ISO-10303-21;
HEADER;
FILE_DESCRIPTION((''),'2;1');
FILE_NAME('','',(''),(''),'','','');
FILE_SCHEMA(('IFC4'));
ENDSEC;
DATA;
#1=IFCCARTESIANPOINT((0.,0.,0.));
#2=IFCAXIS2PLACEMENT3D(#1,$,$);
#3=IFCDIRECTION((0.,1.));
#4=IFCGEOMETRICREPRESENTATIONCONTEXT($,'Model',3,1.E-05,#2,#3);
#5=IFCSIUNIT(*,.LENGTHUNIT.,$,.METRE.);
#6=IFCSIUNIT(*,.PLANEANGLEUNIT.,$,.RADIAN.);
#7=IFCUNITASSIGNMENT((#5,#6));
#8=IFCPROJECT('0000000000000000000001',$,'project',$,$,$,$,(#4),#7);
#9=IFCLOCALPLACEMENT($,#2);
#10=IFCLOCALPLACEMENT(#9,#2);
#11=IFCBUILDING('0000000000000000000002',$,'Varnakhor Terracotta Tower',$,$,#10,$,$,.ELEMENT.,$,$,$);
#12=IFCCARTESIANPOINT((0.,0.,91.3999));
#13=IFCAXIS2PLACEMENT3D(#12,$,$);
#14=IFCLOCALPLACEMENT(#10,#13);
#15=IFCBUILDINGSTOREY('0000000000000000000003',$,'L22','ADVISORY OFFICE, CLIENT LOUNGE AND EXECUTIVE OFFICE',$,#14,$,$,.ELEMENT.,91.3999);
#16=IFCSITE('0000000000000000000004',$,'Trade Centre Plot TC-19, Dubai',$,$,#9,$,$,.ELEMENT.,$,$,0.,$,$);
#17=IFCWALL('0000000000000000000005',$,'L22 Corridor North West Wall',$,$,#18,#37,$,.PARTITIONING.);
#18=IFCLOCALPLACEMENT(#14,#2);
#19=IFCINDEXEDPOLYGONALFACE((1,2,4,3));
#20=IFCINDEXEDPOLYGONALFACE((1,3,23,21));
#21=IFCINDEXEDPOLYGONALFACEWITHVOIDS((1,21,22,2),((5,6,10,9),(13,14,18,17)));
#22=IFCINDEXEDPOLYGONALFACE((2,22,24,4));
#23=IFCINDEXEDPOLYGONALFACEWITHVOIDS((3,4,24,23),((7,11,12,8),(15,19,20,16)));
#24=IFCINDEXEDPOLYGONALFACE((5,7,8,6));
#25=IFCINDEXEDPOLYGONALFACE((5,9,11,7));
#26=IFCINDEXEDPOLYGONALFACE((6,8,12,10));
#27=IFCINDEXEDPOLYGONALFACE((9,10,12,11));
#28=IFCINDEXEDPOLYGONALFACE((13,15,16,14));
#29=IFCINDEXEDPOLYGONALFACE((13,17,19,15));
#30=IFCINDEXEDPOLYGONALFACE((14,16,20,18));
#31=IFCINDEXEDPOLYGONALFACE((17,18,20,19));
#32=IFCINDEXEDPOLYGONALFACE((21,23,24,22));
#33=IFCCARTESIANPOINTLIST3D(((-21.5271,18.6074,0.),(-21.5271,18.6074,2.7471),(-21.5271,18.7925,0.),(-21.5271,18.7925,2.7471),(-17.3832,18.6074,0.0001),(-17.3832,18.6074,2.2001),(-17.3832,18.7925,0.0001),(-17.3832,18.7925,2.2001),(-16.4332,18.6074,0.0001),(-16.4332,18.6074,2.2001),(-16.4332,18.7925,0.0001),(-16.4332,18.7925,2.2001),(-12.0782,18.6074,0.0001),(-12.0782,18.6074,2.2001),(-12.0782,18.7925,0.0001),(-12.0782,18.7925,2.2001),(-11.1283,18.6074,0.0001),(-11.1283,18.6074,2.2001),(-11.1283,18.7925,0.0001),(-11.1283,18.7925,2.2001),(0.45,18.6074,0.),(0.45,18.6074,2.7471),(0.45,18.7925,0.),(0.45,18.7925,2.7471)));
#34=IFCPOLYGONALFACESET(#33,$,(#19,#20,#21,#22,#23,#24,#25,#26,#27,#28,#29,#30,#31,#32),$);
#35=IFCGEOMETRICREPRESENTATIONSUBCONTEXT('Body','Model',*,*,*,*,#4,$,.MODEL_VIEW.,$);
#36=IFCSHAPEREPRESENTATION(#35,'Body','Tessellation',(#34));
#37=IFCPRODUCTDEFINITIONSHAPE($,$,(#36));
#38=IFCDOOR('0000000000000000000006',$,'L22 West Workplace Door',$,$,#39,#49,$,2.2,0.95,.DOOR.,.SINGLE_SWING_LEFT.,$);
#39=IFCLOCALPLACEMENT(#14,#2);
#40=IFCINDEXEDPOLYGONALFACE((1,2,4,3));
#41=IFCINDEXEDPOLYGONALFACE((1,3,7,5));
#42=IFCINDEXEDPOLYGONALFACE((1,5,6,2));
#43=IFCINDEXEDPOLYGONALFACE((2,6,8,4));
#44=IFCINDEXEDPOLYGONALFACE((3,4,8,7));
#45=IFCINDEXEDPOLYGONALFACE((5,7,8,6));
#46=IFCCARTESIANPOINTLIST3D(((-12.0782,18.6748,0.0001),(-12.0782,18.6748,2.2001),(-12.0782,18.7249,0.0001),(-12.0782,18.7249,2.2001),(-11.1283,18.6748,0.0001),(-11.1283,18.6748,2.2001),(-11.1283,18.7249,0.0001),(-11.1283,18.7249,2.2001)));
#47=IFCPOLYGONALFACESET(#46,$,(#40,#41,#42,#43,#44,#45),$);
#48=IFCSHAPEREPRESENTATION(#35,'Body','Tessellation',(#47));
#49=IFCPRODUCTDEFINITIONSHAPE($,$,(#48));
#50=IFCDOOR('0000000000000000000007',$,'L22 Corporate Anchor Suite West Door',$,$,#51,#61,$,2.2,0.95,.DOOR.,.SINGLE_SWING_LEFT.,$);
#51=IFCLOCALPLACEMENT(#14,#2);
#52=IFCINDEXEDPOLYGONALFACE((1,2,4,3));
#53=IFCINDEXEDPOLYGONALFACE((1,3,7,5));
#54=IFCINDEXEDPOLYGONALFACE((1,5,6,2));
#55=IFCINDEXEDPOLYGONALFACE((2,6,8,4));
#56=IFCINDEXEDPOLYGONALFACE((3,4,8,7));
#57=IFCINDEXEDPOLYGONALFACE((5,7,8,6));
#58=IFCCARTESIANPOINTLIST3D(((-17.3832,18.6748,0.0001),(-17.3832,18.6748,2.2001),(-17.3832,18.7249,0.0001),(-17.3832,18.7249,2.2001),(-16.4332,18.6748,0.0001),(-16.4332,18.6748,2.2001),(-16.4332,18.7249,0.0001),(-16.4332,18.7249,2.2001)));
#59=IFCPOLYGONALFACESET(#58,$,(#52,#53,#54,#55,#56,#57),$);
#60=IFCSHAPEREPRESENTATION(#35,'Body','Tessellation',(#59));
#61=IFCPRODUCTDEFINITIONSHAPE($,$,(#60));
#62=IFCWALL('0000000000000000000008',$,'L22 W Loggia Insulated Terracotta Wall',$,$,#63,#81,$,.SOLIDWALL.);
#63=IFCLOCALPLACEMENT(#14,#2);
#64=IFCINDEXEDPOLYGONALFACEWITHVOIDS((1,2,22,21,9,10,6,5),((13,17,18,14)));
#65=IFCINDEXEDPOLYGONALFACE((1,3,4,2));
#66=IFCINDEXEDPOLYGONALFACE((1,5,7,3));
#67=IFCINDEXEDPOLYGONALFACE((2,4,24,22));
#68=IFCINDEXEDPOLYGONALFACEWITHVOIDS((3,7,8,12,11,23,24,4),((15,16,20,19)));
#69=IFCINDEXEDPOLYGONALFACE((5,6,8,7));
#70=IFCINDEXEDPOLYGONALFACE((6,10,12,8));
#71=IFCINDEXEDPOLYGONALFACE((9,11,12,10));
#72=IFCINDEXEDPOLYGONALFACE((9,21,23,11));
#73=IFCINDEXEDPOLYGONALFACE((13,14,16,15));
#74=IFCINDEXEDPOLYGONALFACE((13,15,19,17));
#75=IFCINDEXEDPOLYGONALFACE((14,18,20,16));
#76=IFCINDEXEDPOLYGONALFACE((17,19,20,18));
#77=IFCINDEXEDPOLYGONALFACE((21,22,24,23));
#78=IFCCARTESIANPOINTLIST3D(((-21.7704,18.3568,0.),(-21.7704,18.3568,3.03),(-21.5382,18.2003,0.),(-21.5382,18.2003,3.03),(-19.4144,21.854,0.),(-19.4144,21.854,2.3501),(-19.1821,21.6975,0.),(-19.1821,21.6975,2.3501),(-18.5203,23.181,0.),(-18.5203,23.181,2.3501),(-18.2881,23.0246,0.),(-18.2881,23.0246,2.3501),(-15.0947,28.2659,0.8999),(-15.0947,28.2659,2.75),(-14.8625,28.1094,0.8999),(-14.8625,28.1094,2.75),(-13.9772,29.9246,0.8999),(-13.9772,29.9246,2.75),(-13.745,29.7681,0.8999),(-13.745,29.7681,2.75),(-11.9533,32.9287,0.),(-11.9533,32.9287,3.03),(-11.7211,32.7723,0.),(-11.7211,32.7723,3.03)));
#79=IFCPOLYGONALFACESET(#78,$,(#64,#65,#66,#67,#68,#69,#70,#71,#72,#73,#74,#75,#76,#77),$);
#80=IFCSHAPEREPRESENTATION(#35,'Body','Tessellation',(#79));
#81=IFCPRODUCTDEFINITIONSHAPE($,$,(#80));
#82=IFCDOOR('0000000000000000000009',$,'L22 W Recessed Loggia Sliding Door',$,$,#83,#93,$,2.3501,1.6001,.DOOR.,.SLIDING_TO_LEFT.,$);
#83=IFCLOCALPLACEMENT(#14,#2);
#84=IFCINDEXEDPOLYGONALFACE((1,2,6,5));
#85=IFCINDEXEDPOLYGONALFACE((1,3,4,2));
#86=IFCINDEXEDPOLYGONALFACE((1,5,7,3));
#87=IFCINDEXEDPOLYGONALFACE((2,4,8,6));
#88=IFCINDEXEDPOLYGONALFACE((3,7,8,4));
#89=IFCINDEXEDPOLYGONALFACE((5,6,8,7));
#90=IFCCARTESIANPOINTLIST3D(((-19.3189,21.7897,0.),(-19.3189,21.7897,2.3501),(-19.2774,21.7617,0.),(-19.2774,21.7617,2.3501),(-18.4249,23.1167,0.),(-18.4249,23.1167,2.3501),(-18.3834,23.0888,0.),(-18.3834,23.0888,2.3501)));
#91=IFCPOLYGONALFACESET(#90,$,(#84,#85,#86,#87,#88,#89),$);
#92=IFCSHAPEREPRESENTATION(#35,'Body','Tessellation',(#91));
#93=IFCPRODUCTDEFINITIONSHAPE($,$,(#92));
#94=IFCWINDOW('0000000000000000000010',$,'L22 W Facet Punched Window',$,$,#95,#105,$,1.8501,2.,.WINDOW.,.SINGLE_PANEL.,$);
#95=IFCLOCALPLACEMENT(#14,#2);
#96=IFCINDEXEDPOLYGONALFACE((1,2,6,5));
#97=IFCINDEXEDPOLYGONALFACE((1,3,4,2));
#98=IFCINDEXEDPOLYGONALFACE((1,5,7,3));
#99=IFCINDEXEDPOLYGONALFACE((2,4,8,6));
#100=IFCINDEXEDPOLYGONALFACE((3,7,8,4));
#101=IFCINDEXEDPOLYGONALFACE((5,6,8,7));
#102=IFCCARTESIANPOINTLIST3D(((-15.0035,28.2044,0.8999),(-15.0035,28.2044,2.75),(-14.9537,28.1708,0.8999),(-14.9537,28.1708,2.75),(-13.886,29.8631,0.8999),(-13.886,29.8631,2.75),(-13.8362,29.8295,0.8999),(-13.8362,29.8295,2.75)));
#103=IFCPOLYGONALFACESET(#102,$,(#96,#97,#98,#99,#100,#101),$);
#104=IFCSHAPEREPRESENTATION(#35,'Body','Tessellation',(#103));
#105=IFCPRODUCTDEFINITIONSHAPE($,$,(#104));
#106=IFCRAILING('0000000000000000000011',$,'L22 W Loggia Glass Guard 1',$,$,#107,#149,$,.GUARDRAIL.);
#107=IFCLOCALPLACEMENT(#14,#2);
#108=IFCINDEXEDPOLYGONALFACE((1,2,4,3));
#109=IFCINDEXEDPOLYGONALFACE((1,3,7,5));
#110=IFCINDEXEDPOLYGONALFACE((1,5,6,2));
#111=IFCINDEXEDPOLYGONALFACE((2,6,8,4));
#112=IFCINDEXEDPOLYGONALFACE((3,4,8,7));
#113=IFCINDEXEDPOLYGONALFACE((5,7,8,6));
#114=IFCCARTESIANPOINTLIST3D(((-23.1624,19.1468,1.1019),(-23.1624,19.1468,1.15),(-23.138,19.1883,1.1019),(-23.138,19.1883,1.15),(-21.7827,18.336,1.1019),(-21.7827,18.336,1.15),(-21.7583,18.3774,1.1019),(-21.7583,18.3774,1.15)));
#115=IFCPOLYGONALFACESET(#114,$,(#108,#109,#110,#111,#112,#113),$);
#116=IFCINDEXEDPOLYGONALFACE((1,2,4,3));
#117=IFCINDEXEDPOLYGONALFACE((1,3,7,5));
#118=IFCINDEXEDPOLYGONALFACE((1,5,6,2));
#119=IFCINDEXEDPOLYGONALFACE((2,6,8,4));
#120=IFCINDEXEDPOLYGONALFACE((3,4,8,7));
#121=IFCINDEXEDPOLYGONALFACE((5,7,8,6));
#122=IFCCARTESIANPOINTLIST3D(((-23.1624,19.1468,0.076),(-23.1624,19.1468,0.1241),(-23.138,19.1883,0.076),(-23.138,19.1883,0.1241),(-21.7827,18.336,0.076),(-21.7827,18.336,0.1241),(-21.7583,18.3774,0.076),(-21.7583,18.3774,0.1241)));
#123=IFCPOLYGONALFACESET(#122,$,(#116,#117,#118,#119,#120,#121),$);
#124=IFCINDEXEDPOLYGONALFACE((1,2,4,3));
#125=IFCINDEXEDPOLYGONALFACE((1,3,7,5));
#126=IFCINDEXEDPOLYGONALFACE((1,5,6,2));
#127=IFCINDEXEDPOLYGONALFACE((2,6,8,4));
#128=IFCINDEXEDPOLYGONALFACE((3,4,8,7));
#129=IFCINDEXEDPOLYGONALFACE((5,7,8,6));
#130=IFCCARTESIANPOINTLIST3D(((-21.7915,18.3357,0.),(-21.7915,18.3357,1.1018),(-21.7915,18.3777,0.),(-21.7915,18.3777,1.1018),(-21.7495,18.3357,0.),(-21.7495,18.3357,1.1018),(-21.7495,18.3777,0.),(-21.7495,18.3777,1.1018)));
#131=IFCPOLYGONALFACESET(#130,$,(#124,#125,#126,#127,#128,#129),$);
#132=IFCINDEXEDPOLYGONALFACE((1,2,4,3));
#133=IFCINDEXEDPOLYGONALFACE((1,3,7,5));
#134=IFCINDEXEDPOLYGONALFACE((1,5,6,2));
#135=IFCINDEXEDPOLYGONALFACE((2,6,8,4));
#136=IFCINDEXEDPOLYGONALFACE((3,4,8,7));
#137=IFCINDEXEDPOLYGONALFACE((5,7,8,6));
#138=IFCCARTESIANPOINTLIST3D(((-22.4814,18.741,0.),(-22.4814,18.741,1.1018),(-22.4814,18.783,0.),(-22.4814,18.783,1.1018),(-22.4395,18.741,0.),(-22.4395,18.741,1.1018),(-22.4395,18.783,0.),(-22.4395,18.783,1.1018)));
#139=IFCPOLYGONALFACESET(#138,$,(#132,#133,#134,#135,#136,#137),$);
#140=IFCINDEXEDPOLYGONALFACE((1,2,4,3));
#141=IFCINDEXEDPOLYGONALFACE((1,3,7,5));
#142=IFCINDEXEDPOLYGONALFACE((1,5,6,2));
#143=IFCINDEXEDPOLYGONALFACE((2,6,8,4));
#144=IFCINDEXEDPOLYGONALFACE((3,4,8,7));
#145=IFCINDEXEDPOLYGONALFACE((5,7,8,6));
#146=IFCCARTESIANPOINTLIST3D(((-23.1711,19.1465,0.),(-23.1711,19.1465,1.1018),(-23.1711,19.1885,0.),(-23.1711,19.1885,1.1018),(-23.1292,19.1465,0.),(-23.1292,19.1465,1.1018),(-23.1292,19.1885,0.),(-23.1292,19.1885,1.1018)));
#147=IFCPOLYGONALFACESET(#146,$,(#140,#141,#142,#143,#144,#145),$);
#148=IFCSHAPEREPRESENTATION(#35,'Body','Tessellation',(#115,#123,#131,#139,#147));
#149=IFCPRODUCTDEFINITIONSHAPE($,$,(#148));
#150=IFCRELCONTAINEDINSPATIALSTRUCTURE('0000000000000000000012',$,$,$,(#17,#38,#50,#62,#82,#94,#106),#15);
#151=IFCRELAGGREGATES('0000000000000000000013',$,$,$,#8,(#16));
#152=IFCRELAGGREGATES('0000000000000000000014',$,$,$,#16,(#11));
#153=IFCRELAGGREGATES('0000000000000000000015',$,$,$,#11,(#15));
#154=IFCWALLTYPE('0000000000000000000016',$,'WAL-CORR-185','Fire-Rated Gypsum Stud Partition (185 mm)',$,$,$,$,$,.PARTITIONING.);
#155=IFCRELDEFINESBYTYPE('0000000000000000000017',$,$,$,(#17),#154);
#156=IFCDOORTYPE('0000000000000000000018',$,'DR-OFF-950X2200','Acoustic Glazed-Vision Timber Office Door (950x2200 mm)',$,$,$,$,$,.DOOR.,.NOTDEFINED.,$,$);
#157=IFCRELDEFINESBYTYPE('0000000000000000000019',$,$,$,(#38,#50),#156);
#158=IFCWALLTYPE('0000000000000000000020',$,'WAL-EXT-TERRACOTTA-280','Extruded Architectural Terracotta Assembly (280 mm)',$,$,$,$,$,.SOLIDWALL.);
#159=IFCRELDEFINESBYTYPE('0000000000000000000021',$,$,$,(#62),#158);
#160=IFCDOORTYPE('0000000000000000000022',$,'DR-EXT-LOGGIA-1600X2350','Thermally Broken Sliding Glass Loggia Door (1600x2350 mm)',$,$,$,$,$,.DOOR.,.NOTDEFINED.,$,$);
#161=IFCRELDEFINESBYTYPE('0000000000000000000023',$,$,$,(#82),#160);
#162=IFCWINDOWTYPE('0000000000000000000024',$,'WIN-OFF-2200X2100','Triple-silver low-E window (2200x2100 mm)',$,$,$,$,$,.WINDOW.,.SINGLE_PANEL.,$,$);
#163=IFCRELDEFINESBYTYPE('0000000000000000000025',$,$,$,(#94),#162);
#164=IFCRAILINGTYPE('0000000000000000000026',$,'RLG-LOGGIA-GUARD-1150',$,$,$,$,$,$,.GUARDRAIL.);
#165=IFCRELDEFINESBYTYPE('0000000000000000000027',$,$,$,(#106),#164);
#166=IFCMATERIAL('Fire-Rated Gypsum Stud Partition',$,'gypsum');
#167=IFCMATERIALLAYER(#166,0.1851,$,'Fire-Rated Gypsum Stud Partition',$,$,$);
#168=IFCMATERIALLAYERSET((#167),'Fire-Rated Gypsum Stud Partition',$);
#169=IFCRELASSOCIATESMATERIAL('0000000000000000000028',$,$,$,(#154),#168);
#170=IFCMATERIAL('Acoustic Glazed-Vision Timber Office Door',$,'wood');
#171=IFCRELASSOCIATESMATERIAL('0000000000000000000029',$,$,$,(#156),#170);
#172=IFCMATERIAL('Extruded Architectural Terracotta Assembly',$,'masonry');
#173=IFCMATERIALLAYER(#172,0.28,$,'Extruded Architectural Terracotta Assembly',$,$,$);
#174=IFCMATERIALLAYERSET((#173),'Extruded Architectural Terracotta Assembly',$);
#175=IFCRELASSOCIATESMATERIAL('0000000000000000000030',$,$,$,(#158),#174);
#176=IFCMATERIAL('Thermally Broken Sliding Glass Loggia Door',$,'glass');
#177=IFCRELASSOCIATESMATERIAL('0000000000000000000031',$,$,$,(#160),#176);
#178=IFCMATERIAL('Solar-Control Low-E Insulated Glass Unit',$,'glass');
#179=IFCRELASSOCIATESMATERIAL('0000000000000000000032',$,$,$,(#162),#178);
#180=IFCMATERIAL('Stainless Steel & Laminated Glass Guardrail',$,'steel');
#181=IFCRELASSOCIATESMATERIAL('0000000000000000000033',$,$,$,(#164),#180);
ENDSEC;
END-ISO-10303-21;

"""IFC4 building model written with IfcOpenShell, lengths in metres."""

from ifc_helpers import new_model, si_unit, direction, frame, frame_2d, origin, origin_2d, place, context, subcontext, project, spatial, rectangle, extrude, source, transform, mapped, material, layer, layer_set, type_object, type_shapes, element, fill, save


model = new_model("IFC4")

# Units and contexts
model_context = context("Model", 3, precision=1e-05, world=origin(), true_north=direction((0.0, 1.0)))
body_context = subcontext(model_context, "Body", "Model", "MODEL_VIEW")
ifc_project = project(units=[si_unit("LENGTHUNIT", "METRE"), si_unit("PLANEANGLEUNIT", "RADIAN")], contexts=[model_context])

# Site, building, storey
site_placement = place(None, origin())
site = spatial("IfcSite", under=ifc_project, at=site_placement, Name="Trade Centre Plot TC-19, Dubai", CompositionType="ELEMENT", RefElevation=0.0)
building_placement = place(site_placement, origin())
building = spatial("IfcBuilding", under=site, at=building_placement, Name="Varnakhor Terracotta Tower", CompositionType="ELEMENT")
storey_placement = place(building_placement, frame((0.0, 0.0, 91.3999)))
storey = spatial("IfcBuildingStorey", under=building, at=storey_placement, Name="L22", Description="ADVISORY OFFICE, CLIENT LOUNGE AND EXECUTIVE OFFICE", CompositionType="ELEMENT", Elevation=91.3999)

# Shared definitions
ifc_material_1 = material(Name="Fire-Rated Gypsum Stud Partition", Category="gypsum")
ifc_layer_1 = layer(ifc_material_1, 0.1851, Name="Fire-Rated Gypsum Stud Partition")
ifc_layer_set_1 = layer_set([ifc_layer_1], Name="Fire-Rated Gypsum Stud Partition")
wall_type_1 = type_object("IfcWallType", Name="WAL-CORR-185", Description="Fire-Rated Gypsum Stud Partition (185 mm)", PredefinedType="PARTITIONING", material=ifc_layer_set_1)
ifc_material_2 = material(Name="Acoustic Glazed-Vision Timber Office Door", Category="wood")
door_type_1 = type_object("IfcDoorType", Name="DR-OFF-950X2200", Description="Acoustic Glazed-Vision Timber Office Door (950x2200 mm)", OperationType="NOTDEFINED", PredefinedType="DOOR", material=ifc_material_2)
shared_shape_1 = source(origin(), body_context, "Body", "SweptSolid", [
    extrude(rectangle(XDim=0.95, YDim=2.2, at=frame_2d((0.4751, 1.1001))), frame((0.0, 0.0249, 0.0), z_axis=(0.0, -1.0, 0.0), x_axis=(1.0, 0.0, 0.0)), (0.0, 0.0, 1.0), 0.05),
])
type_shapes(door_type_1, [shared_shape_1])

# Wall, openings, doors
wall_1_placement = place(storey_placement, frame((-21.5271, 18.7, 0.0), z_axis=(0.0, 0.0, 1.0), x_axis=(1.0, 0.0, 0.0)))
wall_1 = element("IfcWall", 1, at=wall_1_placement, inside=storey, type_object=wall_type_1, Name="L22 Corridor North West Wall", PredefinedType="PARTITIONING", context=body_context, shape_type="SweptSolid", body=[
    extrude(rectangle(XDim=21.9771, YDim=0.1851, at=frame_2d((10.9885, 0.0))), origin(), (0.0, 0.0, 1.0), 2.7471),
])
opening_1_placement = place(wall_1_placement, frame((9.4487, 0.0, 0.0)))
opening_1 = element("IfcOpeningElement", 2, at=opening_1_placement, cuts=wall_1, PredefinedType="OPENING", context=body_context, shape_type="SweptSolid", body=[
    extrude(rectangle(XDim=0.95, YDim=2.2, at=frame_2d((0.4751, 1.1001))), frame((0.0, 0.1025, 0.0), z_axis=(0.0, -1.0, 0.0), x_axis=(1.0, 0.0, 0.0)), (0.0, 0.0, 1.0), 0.2051),
])
opening_2_placement = place(wall_1_placement, frame((4.1438, 0.0, 0.0)))
opening_2 = element("IfcOpeningElement", 3, at=opening_2_placement, cuts=wall_1, PredefinedType="OPENING", context=body_context, shape_type="SweptSolid", body=[
    extrude(rectangle(XDim=0.95, YDim=2.2, at=frame_2d((0.4751, 1.1001))), frame((0.0, 0.1025, 0.0), z_axis=(0.0, -1.0, 0.0), x_axis=(1.0, 0.0, 0.0)), (0.0, 0.0, 1.0), 0.2051),
])
door_1_placement = place(opening_1_placement, origin())
door_1 = element("IfcDoor", 4, at=door_1_placement, inside=storey, type_object=door_type_1, Name="L22 West Workplace Door", OperationType="SINGLE_SWING_LEFT", OverallHeight=2.2, OverallWidth=0.95, PredefinedType="DOOR", context=body_context, shape_type="MappedRepresentation", body=[
    mapped(shared_shape_1, transform((0.0, 0.0, 0.0), scale=1.0)),
])
fill(opening_1, door_1)
door_2_placement = place(opening_2_placement, origin())
door_2 = element("IfcDoor", 5, at=door_2_placement, inside=storey, type_object=door_type_1, Name="L22 Corporate Anchor Suite West Door", OperationType="SINGLE_SWING_LEFT", OverallHeight=2.2, OverallWidth=0.95, PredefinedType="DOOR", context=body_context, shape_type="MappedRepresentation", body=[
    mapped(shared_shape_1, transform((0.0, 0.0, 0.0), scale=1.0)),
])
fill(opening_2, door_2)

# Wall, openings, door, window
ifc_material_3 = material(Name="Extruded Architectural Terracotta Assembly", Category="masonry")
ifc_layer_2 = layer(ifc_material_3, 0.28, Name="Extruded Architectural Terracotta Assembly")
ifc_layer_set_2 = layer_set([ifc_layer_2], Name="Extruded Architectural Terracotta Assembly")
wall_type_2 = type_object("IfcWallType", Name="WAL-EXT-TERRACOTTA-280", Description="Extruded Architectural Terracotta Assembly (280 mm)", PredefinedType="SOLIDWALL", material=ifc_layer_set_2)
wall_2_placement = place(storey_placement, frame((-21.6543, 18.2786, 0.0), z_axis=(0.0, 0.0, 1.0), x_axis=(0.558731, 0.829349, 0.0)))
wall_2 = element("IfcWall", 6, at=wall_2_placement, inside=storey, type_object=wall_type_2, Name="L22 W Loggia Insulated Terracotta Wall", PredefinedType="SOLIDWALL", context=body_context, shape_type="SweptSolid", body=[
    extrude(rectangle(XDim=17.5703, YDim=0.28, at=frame_2d((8.7852, 0.0))), origin(), (0.0, 0.0, 1.0), 3.03),
])
opening_3_placement = place(wall_2_placement, frame((4.2168, 0.0, 0.0)))
opening_3 = element("IfcOpeningElement", 7, at=opening_3_placement, cuts=wall_2, PredefinedType="OPENING", context=body_context, shape_type="SweptSolid", body=[
    extrude(rectangle(XDim=1.6001, YDim=2.3501, at=frame_2d((0.8, 1.175))), frame((0.0, 0.1499, 0.0), z_axis=(0.0, -1.0, 0.0), x_axis=(1.0, 0.0, 0.0)), (0.0, 0.0, 1.0), 0.3),
])
opening_4_placement = place(wall_2_placement, frame((11.948, 0.0, 0.8999)))
opening_4 = element("IfcOpeningElement", 8, at=opening_4_placement, cuts=wall_2, PredefinedType="OPENING", context=body_context, shape_type="SweptSolid", body=[
    extrude(rectangle(XDim=2.0, YDim=1.8501, at=frame_2d((1.0, 0.925))), frame((0.0, 0.1499, 0.0), z_axis=(0.0, -1.0, 0.0), x_axis=(1.0, 0.0, 0.0)), (0.0, 0.0, 1.0), 0.3),
])
ifc_material_4 = material(Name="Thermally Broken Sliding Glass Loggia Door", Category="glass")
door_type_2 = type_object("IfcDoorType", Name="DR-EXT-LOGGIA-1600X2350", Description="Thermally Broken Sliding Glass Loggia Door (1600x2350 mm)", OperationType="NOTDEFINED", PredefinedType="DOOR", material=ifc_material_4)
shared_shape_2 = source(origin(), body_context, "Body", "SweptSolid", [
    extrude(rectangle(XDim=1.6001, YDim=2.3501, at=frame_2d((0.8, 1.175))), frame((0.0, 0.0249, 0.0), z_axis=(0.0, -1.0, 0.0), x_axis=(1.0, 0.0, 0.0)), (0.0, 0.0, 1.0), 0.05),
])
type_shapes(door_type_2, [shared_shape_2])
door_3_placement = place(opening_3_placement, origin())
door_3 = element("IfcDoor", 9, at=door_3_placement, inside=storey, type_object=door_type_2, Name="L22 W Recessed Loggia Sliding Door", OperationType="SLIDING_TO_LEFT", OverallHeight=2.3501, OverallWidth=1.6001, PredefinedType="DOOR", context=body_context, shape_type="MappedRepresentation", body=[
    mapped(shared_shape_2, transform((0.0, 0.0, 0.0), scale=1.0)),
])
fill(opening_3, door_3)
ifc_material_5 = material(Name="Solar-Control Low-E Insulated Glass Unit", Category="glass")
window_type = type_object("IfcWindowType", Name="WIN-OFF-2200X2100", Description="Triple-silver low-E window (2200x2100 mm)", PartitioningType="SINGLE_PANEL", PredefinedType="WINDOW", material=ifc_material_5)
shared_shape_3 = source(origin(), body_context, "Body", "SweptSolid", [
    extrude(rectangle(XDim=2.0, YDim=1.8501, at=frame_2d((1.0, 0.925))), frame((0.0, 0.03, 0.0), z_axis=(0.0, -1.0, 0.0), x_axis=(1.0, 0.0, 0.0)), (0.0, 0.0, 1.0), 0.0601),
])
type_shapes(window_type, [shared_shape_3])
window_placement = place(opening_4_placement, origin())
window = element("IfcWindow", 10, at=window_placement, inside=storey, type_object=window_type, Name="L22 W Facet Punched Window", OverallHeight=1.8501, OverallWidth=2.0, PartitioningType="SINGLE_PANEL", PredefinedType="WINDOW", context=body_context, shape_type="MappedRepresentation", body=[
    mapped(shared_shape_3, transform((0.0, 0.0, 0.0), scale=1.0)),
])
fill(opening_4, window)

# Railing
ifc_material_6 = material(Name="Stainless Steel & Laminated Glass Guardrail", Category="steel")
railing_type = type_object("IfcRailingType", Name="RLG-LOGGIA-GUARD-1150", PredefinedType="GUARDRAIL", material=ifc_material_6)
railing_1_placement = place(storey_placement, frame((-21.7705, 18.3567, 0.0)))
element("IfcRailing", 11, at=railing_1_placement, inside=storey, type_object=railing_type, Name="L22 W Loggia Glass Guard 1", PredefinedType="GUARDRAIL", context=body_context, shape_type="SweptSolid", body=[
    extrude(rectangle(XDim=0.0481, YDim=0.0481, at=origin_2d()), frame((0.0, 0.0, 1.126), z_axis=(-0.862142, 0.506667, 0.0), x_axis=(-0.506667, -0.862142, 0.0)), (0.0, 0.0, 1.0), 1.6003),
    extrude(rectangle(XDim=0.0481, YDim=0.0481, at=origin_2d()), frame((0.0, 0.0, 0.1001), z_axis=(-0.862142, 0.506667, 0.0), x_axis=(-0.506667, -0.862142, 0.0)), (0.0, 0.0, 1.0), 1.6003),
    extrude(rectangle(XDim=0.042, YDim=0.042, at=origin_2d()), origin(), (0.0, 0.0, 1.0), 1.1018),
    extrude(rectangle(XDim=0.042, YDim=0.042, at=origin_2d()), frame((-0.6899, 0.4053, 0.0)), (0.0, 0.0, 1.0), 1.1018),
    extrude(rectangle(XDim=0.042, YDim=0.042, at=origin_2d()), frame((-1.3796, 0.8108, 0.0)), (0.0, 0.0, 1.0), 1.1018),
])

save(model, "model.ifc")
